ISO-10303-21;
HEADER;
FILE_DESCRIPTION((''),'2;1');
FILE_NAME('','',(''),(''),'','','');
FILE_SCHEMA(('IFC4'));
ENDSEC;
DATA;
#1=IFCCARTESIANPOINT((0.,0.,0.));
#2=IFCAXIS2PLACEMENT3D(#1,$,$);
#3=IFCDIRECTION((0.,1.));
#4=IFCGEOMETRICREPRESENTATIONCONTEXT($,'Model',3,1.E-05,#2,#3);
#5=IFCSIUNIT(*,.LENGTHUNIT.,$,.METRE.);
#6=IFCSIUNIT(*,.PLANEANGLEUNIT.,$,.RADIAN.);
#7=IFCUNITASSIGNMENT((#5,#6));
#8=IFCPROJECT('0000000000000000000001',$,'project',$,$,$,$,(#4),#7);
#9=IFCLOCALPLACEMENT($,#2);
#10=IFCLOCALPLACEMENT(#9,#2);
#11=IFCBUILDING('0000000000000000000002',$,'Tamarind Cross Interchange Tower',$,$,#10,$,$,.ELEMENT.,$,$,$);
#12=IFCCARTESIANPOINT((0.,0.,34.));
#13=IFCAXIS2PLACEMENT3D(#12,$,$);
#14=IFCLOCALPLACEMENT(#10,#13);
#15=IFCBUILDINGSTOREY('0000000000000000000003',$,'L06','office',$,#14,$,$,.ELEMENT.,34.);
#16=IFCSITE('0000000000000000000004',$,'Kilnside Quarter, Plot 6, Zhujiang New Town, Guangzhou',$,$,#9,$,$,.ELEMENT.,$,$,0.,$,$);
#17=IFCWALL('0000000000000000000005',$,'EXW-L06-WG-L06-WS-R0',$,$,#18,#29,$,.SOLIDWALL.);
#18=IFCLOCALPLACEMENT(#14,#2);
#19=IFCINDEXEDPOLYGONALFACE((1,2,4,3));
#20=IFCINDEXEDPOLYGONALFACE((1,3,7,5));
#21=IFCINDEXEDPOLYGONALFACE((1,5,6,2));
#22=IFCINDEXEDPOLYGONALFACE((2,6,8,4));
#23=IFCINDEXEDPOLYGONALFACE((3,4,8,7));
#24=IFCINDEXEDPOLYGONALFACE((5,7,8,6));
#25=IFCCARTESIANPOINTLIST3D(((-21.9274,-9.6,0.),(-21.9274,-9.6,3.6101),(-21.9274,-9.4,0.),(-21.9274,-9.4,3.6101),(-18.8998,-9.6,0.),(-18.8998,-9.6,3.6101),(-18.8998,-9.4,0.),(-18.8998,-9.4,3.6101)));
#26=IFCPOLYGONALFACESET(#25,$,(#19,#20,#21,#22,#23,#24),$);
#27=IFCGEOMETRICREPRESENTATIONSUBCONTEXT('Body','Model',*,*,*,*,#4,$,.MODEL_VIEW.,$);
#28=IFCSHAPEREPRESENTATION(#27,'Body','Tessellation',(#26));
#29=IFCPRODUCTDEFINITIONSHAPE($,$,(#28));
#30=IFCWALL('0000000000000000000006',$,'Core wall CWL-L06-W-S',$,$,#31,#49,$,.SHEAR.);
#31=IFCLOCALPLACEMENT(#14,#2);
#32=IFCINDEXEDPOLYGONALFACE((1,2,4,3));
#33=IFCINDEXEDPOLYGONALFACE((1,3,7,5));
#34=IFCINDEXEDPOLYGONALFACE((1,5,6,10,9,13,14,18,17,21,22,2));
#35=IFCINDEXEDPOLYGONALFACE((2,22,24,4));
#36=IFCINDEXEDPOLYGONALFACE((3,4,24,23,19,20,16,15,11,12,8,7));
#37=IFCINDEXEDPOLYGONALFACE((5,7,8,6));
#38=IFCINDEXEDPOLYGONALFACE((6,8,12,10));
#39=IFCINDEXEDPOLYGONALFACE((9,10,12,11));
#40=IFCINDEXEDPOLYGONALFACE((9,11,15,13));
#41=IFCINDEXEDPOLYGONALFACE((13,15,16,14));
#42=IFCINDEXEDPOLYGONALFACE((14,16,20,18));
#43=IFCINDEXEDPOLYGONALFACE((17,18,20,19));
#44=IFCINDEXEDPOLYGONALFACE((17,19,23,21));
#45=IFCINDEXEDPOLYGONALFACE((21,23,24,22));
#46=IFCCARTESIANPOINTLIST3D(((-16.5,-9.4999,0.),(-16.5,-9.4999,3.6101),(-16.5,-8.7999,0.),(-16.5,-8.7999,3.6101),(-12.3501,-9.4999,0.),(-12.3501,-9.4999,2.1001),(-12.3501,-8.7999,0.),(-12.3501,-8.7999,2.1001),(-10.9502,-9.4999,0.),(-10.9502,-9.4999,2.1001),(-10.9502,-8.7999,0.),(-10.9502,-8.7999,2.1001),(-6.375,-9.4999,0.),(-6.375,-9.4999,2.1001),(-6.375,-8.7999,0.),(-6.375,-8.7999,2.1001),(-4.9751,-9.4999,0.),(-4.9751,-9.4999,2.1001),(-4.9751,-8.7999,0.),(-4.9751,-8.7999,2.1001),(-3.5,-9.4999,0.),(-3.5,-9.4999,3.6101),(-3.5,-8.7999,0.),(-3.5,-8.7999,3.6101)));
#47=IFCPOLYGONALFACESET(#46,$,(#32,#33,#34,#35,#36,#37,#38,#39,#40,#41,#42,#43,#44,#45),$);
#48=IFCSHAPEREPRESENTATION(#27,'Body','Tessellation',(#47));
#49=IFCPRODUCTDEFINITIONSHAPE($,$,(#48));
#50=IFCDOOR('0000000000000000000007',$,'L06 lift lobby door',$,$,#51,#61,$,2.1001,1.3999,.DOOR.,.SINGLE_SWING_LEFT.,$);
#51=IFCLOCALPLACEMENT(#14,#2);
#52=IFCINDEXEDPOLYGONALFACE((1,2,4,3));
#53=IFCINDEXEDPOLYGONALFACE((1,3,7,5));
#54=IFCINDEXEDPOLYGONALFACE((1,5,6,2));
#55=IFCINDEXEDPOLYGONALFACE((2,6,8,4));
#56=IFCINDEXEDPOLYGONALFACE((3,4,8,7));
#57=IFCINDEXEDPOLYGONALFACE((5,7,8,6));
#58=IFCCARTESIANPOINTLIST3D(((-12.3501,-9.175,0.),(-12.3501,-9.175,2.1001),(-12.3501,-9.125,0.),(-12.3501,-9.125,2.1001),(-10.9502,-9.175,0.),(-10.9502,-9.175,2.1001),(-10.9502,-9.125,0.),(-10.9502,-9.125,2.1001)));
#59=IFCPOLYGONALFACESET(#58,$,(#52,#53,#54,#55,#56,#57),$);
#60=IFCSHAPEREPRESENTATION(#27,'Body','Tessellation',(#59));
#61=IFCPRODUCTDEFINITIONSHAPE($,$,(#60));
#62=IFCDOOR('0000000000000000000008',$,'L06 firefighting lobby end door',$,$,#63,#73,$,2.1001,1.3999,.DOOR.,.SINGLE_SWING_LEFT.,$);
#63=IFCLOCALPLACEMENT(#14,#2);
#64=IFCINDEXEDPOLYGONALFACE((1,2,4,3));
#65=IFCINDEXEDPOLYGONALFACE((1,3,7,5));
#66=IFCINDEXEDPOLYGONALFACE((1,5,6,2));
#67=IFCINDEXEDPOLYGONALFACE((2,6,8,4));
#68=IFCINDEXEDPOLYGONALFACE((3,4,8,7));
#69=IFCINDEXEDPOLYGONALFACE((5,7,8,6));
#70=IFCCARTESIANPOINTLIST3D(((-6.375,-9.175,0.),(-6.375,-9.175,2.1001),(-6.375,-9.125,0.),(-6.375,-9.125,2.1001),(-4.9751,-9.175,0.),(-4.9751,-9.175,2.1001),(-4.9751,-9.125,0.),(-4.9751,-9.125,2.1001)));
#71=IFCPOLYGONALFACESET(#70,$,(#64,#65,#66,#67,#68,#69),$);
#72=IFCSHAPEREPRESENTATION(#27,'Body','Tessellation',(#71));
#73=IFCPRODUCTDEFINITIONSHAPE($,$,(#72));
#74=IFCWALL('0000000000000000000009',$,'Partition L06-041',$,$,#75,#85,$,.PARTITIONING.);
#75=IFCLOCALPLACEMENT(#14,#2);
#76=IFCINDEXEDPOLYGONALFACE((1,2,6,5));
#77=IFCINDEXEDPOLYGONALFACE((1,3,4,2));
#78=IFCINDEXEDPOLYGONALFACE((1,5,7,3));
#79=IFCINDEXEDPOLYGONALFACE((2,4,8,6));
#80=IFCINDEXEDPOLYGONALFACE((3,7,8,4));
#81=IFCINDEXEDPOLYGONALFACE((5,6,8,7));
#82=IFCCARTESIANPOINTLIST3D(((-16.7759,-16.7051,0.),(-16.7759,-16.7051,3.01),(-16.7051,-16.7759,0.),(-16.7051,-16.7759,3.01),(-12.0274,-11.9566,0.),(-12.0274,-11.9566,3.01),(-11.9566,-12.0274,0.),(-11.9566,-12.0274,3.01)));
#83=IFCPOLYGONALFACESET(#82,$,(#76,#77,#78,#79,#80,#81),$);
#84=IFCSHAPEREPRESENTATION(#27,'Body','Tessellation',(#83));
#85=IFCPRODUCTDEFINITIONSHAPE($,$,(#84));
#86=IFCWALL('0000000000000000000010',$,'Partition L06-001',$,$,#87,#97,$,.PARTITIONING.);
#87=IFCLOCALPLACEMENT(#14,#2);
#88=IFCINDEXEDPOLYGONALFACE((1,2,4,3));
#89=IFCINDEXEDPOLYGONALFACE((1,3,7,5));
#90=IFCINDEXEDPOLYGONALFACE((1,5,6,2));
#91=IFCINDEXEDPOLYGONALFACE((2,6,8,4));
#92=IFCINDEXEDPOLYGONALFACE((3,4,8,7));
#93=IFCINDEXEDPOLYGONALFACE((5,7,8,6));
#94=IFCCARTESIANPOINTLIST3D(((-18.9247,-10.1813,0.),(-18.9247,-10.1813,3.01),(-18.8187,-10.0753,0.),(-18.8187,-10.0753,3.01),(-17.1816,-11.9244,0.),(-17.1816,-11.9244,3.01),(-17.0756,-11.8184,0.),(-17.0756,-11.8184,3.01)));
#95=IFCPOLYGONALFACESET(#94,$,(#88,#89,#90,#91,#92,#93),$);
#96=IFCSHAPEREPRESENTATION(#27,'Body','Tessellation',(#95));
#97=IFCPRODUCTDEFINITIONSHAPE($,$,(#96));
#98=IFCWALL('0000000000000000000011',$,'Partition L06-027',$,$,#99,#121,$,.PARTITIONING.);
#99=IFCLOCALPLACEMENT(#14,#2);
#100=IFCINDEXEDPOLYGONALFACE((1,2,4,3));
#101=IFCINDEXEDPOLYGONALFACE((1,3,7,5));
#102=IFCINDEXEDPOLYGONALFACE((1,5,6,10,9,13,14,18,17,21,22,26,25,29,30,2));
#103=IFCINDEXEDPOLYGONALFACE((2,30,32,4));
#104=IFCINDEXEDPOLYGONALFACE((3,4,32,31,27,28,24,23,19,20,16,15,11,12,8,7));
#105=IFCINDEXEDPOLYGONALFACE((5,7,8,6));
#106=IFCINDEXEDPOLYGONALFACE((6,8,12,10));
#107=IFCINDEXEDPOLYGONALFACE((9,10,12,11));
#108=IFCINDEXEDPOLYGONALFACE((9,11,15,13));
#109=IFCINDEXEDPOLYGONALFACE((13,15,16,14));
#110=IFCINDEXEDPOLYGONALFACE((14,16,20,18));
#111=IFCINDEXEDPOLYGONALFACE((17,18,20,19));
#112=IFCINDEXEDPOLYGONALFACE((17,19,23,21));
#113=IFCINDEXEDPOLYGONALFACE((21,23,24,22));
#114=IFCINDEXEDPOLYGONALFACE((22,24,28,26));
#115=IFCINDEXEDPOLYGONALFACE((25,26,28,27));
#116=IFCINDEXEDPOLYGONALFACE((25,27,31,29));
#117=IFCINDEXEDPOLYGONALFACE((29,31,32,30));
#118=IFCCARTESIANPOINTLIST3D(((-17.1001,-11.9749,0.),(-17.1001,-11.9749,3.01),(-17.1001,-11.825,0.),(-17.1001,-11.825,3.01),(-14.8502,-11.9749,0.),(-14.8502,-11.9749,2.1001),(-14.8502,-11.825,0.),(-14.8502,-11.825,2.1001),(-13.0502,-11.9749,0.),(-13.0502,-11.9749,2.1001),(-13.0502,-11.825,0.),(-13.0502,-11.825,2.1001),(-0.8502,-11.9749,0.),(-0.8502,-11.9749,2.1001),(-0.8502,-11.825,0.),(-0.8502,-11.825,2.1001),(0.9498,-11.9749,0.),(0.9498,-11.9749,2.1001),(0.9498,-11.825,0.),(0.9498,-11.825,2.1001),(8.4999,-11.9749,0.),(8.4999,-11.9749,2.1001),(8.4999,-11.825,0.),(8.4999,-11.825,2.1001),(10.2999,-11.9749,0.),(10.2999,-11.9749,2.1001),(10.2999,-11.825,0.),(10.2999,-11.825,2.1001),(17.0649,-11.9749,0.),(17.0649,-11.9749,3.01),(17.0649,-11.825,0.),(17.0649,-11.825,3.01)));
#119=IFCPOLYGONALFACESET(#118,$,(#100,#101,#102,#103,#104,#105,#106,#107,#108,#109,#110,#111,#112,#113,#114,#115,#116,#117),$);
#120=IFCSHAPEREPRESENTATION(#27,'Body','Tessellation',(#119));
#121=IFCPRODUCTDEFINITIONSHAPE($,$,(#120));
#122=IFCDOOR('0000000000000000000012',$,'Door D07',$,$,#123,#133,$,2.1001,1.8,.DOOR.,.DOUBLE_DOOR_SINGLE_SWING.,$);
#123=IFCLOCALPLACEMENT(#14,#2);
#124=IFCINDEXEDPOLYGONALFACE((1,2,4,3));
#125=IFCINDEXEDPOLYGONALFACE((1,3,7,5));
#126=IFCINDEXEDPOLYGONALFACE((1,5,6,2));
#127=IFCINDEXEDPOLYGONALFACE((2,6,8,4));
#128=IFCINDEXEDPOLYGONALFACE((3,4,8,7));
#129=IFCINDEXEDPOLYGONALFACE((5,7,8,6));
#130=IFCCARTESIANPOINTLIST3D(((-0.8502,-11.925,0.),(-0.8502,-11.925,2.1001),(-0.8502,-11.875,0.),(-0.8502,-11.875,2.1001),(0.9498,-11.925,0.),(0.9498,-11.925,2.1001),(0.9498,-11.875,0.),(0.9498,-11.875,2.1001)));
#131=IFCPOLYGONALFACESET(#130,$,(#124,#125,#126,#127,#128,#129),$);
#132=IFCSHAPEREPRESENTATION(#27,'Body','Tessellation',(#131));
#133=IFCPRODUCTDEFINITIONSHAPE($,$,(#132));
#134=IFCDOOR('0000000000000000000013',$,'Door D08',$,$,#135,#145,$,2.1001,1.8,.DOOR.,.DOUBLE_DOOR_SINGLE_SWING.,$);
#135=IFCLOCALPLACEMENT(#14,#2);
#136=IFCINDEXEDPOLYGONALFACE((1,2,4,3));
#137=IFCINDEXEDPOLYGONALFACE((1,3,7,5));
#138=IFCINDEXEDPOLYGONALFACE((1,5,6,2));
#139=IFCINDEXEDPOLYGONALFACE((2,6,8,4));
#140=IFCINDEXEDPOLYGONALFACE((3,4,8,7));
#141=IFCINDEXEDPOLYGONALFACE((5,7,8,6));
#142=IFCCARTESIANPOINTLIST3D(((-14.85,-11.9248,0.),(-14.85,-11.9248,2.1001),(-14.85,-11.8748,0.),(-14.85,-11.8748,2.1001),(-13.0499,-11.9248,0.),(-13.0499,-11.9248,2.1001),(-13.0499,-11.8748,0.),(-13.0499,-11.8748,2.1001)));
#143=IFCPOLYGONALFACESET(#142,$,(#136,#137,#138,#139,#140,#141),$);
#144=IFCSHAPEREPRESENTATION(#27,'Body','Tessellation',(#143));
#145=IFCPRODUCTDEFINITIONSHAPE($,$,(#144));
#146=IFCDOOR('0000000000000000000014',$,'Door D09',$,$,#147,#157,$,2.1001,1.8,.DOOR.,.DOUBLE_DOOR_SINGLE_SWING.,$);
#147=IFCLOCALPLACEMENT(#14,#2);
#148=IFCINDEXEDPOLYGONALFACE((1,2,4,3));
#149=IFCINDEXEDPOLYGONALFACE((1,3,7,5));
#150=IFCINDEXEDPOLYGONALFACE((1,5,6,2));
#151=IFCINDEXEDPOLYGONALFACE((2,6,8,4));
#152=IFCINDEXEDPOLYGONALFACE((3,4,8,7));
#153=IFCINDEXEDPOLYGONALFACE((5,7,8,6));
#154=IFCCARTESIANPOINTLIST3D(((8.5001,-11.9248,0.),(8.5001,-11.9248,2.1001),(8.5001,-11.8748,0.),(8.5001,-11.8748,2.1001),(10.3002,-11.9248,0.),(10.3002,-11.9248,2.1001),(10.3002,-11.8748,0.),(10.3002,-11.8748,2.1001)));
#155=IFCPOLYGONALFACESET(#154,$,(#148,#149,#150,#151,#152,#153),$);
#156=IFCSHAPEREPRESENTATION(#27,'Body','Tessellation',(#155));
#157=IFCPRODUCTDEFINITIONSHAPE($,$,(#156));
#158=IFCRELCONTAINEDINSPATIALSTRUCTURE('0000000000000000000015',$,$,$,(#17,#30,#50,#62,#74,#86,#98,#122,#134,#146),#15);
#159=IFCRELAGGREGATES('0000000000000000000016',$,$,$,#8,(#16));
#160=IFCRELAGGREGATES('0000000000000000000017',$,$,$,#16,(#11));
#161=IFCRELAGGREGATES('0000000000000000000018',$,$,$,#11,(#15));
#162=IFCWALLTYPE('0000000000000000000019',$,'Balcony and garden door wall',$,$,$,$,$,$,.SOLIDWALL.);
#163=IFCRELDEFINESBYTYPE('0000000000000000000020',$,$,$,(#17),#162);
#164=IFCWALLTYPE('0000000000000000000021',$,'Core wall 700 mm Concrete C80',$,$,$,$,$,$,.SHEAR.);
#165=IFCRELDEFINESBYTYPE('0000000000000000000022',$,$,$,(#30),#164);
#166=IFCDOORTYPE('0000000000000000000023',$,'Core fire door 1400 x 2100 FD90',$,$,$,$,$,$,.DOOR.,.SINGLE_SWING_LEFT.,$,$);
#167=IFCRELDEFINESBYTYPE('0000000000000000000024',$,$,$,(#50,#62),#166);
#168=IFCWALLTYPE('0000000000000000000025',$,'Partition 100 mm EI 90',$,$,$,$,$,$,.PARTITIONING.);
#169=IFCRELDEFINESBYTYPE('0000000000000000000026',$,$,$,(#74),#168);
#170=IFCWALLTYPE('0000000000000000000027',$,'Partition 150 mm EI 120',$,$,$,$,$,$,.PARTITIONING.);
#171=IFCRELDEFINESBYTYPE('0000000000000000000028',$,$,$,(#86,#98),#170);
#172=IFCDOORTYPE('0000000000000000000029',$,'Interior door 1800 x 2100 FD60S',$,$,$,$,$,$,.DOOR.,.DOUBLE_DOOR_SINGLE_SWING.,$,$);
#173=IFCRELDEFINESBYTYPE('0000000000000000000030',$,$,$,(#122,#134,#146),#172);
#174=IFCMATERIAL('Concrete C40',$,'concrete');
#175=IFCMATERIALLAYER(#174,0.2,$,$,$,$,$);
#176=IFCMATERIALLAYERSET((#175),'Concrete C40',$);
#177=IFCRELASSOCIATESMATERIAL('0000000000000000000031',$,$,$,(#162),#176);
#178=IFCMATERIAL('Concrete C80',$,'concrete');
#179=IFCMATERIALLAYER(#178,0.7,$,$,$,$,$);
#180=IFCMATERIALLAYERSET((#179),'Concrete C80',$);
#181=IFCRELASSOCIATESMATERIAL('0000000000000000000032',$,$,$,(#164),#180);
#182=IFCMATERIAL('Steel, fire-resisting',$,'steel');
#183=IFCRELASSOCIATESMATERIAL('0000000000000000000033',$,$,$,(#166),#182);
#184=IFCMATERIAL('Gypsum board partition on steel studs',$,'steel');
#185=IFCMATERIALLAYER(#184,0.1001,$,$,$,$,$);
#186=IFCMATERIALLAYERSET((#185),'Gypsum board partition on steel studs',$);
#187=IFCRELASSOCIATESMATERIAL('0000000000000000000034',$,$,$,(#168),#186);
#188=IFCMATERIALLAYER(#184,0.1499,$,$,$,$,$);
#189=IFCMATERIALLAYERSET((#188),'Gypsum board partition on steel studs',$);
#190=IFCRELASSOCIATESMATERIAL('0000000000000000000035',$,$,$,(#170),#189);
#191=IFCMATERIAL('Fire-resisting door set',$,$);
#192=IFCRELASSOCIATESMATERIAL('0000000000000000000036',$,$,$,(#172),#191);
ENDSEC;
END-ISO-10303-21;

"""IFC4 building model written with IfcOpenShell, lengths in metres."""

from ifc_helpers import new_model, si_unit, direction, frame, frame_2d, origin, place, context, subcontext, project, spatial, rectangle, extrude, material, layer, layer_set, type_object, element, fill, save


model = new_model("IFC4")

# Units and contexts
model_context = context("Model", 3, precision=1e-05, world=origin(), true_north=direction((0.0, 1.0)))
body_context = subcontext(model_context, "Body", "Model", "MODEL_VIEW")
ifc_project = project(units=[si_unit("LENGTHUNIT", "METRE"), si_unit("PLANEANGLEUNIT", "RADIAN")], contexts=[model_context])

# Site, building, storey
site_placement = place(None, origin())
site = spatial("IfcSite", under=ifc_project, at=site_placement, Name="Kilnside Quarter, Plot 6, Zhujiang New Town, Guangzhou", CompositionType="ELEMENT", RefElevation=0.0)
building_placement = place(site_placement, origin())
building = spatial("IfcBuilding", under=site, at=building_placement, Name="Tamarind Cross Interchange Tower", CompositionType="ELEMENT")
storey_placement = place(building_placement, frame((0.0, 0.0, 34.0)))
storey = spatial("IfcBuildingStorey", under=building, at=storey_placement, Name="L06", Description="office", CompositionType="ELEMENT", Elevation=34.0)

# Wall
ifc_material_1 = material(Name="Concrete C40", Category="concrete")
ifc_layer_1 = layer(ifc_material_1, 0.2)
ifc_layer_set_1 = layer_set([ifc_layer_1], Name="Concrete C40")
wall_type_1 = type_object("IfcWallType", Name="Balcony and garden door wall", PredefinedType="SOLIDWALL", material=ifc_layer_set_1)
wall_1_placement = place(storey_placement, frame((-18.8999, -9.5, 0.0), z_axis=(0.0, 0.0, 1.0), x_axis=(-1.0, 0.0, 0.0)))
element("IfcWall", 1, at=wall_1_placement, inside=storey, type_object=wall_type_1, Name="EXW-L06-WG-L06-WS-R0", PredefinedType="SOLIDWALL", context=body_context, shape_type="SweptSolid", body=[
    extrude(rectangle(XDim=3.0276, YDim=0.2, at=frame_2d((1.5137, 0.0))), origin(), (0.0, 0.0, 1.0), 3.6101),
])

# Wall, openings, doors
ifc_material_2 = material(Name="Concrete C80", Category="concrete")
ifc_layer_2 = layer(ifc_material_2, 0.7)
ifc_layer_set_2 = layer_set([ifc_layer_2], Name="Concrete C80")
wall_type_2 = type_object("IfcWallType", Name="Core wall 700 mm Concrete C80", PredefinedType="SHEAR", material=ifc_layer_set_2)
wall_2_placement = place(storey_placement, frame((-16.5, -9.1499, 0.0), z_axis=(0.0, 0.0, 1.0), x_axis=(1.0, 0.0, 0.0)))
wall_2 = element("IfcWall", 2, at=wall_2_placement, inside=storey, type_object=wall_type_2, Name="Core wall CWL-L06-W-S", PredefinedType="SHEAR", context=body_context, shape_type="SweptSolid", body=[
    extrude(rectangle(XDim=13.0, YDim=0.7, at=frame_2d((6.5, 0.0))), origin(), (0.0, 0.0, 1.0), 3.6101),
])
opening_1_placement = place(wall_2_placement, frame((4.1499, 0.0, 0.0)))
opening_1 = element("IfcOpeningElement", 3, at=opening_1_placement, cuts=wall_2, PredefinedType="OPENING", context=body_context, shape_type="SweptSolid", body=[
    extrude(rectangle(XDim=1.3999, YDim=2.1001, at=frame_2d((0.7, 1.05))), frame((0.0, 0.3599, 0.0), z_axis=(0.0, -1.0, 0.0), x_axis=(1.0, 0.0, 0.0)), (0.0, 0.0, 1.0), 0.72),
])
opening_2_placement = place(wall_2_placement, frame((10.125, 0.0, 0.0)))
opening_2 = element("IfcOpeningElement", 4, at=opening_2_placement, cuts=wall_2, PredefinedType="OPENING", context=body_context, shape_type="SweptSolid", body=[
    extrude(rectangle(XDim=1.3999, YDim=2.1001, at=frame_2d((0.7, 1.05))), frame((0.0, 0.3599, 0.0), z_axis=(0.0, -1.0, 0.0), x_axis=(1.0, 0.0, 0.0)), (0.0, 0.0, 1.0), 0.72),
])
ifc_material_3 = material(Name="Steel, fire-resisting", Category="steel")
door_type_1 = type_object("IfcDoorType", Name="Core fire door 1400 x 2100 FD90", OperationType="SINGLE_SWING_LEFT", PredefinedType="DOOR", material=ifc_material_3)
door_1_placement = place(opening_1_placement, origin())
door_1 = element("IfcDoor", 5, at=door_1_placement, inside=storey, type_object=door_type_1, Name="L06 lift lobby door", OperationType="SINGLE_SWING_LEFT", OverallHeight=2.1001, OverallWidth=1.3999, PredefinedType="DOOR", context=body_context, shape_type="SweptSolid", body=[
    extrude(rectangle(XDim=1.3999, YDim=2.1001, at=frame_2d((0.7, 1.05))), frame((0.0, 0.0249, 0.0), z_axis=(0.0, -1.0, 0.0), x_axis=(1.0, 0.0, 0.0)), (0.0, 0.0, 1.0), 0.05),
])
fill(opening_1, door_1)
door_2_placement = place(opening_2_placement, origin())
door_2 = element("IfcDoor", 6, at=door_2_placement, inside=storey, type_object=door_type_1, Name="L06 firefighting lobby end door", OperationType="SINGLE_SWING_LEFT", OverallHeight=2.1001, OverallWidth=1.3999, PredefinedType="DOOR", context=body_context, shape_type="SweptSolid", body=[
    extrude(rectangle(XDim=1.3999, YDim=2.1001, at=frame_2d((0.7, 1.05))), frame((0.0, 0.0249, 0.0), z_axis=(0.0, -1.0, 0.0), x_axis=(1.0, 0.0, 0.0)), (0.0, 0.0, 1.0), 0.05),
])
fill(opening_2, door_2)

# Walls
ifc_material_4 = material(Name="Gypsum board partition on steel studs", Category="steel")
ifc_layer_3 = layer(ifc_material_4, 0.1001)
ifc_layer_set_3 = layer_set([ifc_layer_3], Name="Gypsum board partition on steel studs")
wall_type_3 = type_object("IfcWallType", Name="Partition 100 mm EI 90", PredefinedType="PARTITIONING", material=ifc_layer_set_3)
wall_3_placement = place(storey_placement, frame((-16.7405, -16.7405, 0.0), z_axis=(0.0, 0.0, 1.0), x_axis=(0.707107, 0.707107, 0.0)))
element("IfcWall", 7, at=wall_3_placement, inside=storey, type_object=wall_type_3, Name="Partition L06-041", PredefinedType="PARTITIONING", context=body_context, shape_type="SweptSolid", body=[
    extrude(rectangle(XDim=6.7153, YDim=0.1001, at=frame_2d((3.3577, 0.0))), origin(), (0.0, 0.0, 1.0), 3.01),
])
ifc_layer_4 = layer(ifc_material_4, 0.1499)
ifc_layer_set_4 = layer_set([ifc_layer_4], Name="Gypsum board partition on steel studs")
wall_type_4 = type_object("IfcWallType", Name="Partition 150 mm EI 120", PredefinedType="PARTITIONING", material=ifc_layer_set_4)
wall_4_placement = place(storey_placement, frame((-18.8716, -10.1284, 0.0), z_axis=(0.0, 0.0, 1.0), x_axis=(0.707107, -0.707107, 0.0)))
element("IfcWall", 8, at=wall_4_placement, inside=storey, type_object=wall_type_4, Name="Partition L06-001", PredefinedType="PARTITIONING", context=body_context, shape_type="SweptSolid", body=[
    extrude(rectangle(XDim=2.4651, YDim=0.1499, at=frame_2d((1.2324, 0.0))), origin(), (0.0, 0.0, 1.0), 3.01),
])

# Wall, openings, doors
wall_5_placement = place(storey_placement, frame((-17.1001, -11.8999, 0.0), z_axis=(0.0, 0.0, 1.0), x_axis=(1.0, 0.0, 0.0)))
wall_5 = element("IfcWall", 9, at=wall_5_placement, inside=storey, type_object=wall_type_4, Name="Partition L06-027", PredefinedType="PARTITIONING", context=body_context, shape_type="SweptSolid", body=[
    extrude(rectangle(XDim=34.165, YDim=0.1499, at=frame_2d((17.0825, 0.0))), origin(), (0.0, 0.0, 1.0), 3.01),
])
opening_3_placement = place(wall_5_placement, frame((16.25, 0.0, 0.0)))
opening_3 = element("IfcOpeningElement", 10, at=opening_3_placement, cuts=wall_5, PredefinedType="OPENING", context=body_context, shape_type="SweptSolid", body=[
    extrude(rectangle(XDim=1.8, YDim=2.1001, at=frame_2d((0.8999, 1.05))), frame((0.0, 0.085, 0.0), z_axis=(0.0, -1.0, 0.0), x_axis=(1.0, 0.0, 0.0)), (0.0, 0.0, 1.0), 0.1699),
])
opening_4_placement = place(wall_5_placement, frame((2.25, 0.0, 0.0)))
opening_4 = element("IfcOpeningElement", 11, at=opening_4_placement, cuts=wall_5, PredefinedType="OPENING", context=body_context, shape_type="SweptSolid", body=[
    extrude(rectangle(XDim=1.8, YDim=2.1001, at=frame_2d((0.8999, 1.05))), frame((0.0, 0.085, 0.0), z_axis=(0.0, -1.0, 0.0), x_axis=(1.0, 0.0, 0.0)), (0.0, 0.0, 1.0), 0.1699),
])
opening_5_placement = place(wall_5_placement, frame((25.6001, 0.0, 0.0)))
opening_5 = element("IfcOpeningElement", 12, at=opening_5_placement, cuts=wall_5, PredefinedType="OPENING", context=body_context, shape_type="SweptSolid", body=[
    extrude(rectangle(XDim=1.8, YDim=2.1001, at=frame_2d((0.8999, 1.05))), frame((0.0, 0.085, 0.0), z_axis=(0.0, -1.0, 0.0), x_axis=(1.0, 0.0, 0.0)), (0.0, 0.0, 1.0), 0.1699),
])
ifc_material_5 = material(Name="Fire-resisting door set")
door_type_2 = type_object("IfcDoorType", Name="Interior door 1800 x 2100 FD60S", OperationType="DOUBLE_DOOR_SINGLE_SWING", PredefinedType="DOOR", material=ifc_material_5)
door_3_placement = place(opening_3_placement, origin())
door_3 = element("IfcDoor", 13, at=door_3_placement, inside=storey, type_object=door_type_2, Name="Door D07", OperationType="DOUBLE_DOOR_SINGLE_SWING", OverallHeight=2.1001, OverallWidth=1.8, PredefinedType="DOOR", context=body_context, shape_type="SweptSolid", body=[
    extrude(rectangle(XDim=1.8, YDim=2.1001, at=frame_2d((0.8999, 1.05))), frame((0.0, 0.0249, 0.0), z_axis=(0.0, -1.0, 0.0), x_axis=(1.0, 0.0, 0.0)), (0.0, 0.0, 1.0), 0.05),
])
fill(opening_3, door_3)
door_4_placement = place(opening_4_placement, frame((1.8, 0.0, 0.0), z_axis=(0.0, 0.0, 1.0), x_axis=(-1.0, 0.0, 0.0)))
door_4 = element("IfcDoor", 14, at=door_4_placement, inside=storey, type_object=door_type_2, Name="Door D08", OperationType="DOUBLE_DOOR_SINGLE_SWING", OverallHeight=2.1001, OverallWidth=1.8, PredefinedType="DOOR", context=body_context, shape_type="SweptSolid", body=[
    extrude(rectangle(XDim=1.8, YDim=2.1001, at=frame_2d((0.8999, 1.05))), frame((0.0, 0.0249, 0.0), z_axis=(0.0, -1.0, 0.0), x_axis=(1.0, 0.0, 0.0)), (0.0, 0.0, 1.0), 0.05),
])
fill(opening_4, door_4)
door_5_placement = place(opening_5_placement, frame((1.8, 0.0, 0.0), z_axis=(0.0, 0.0, 1.0), x_axis=(-1.0, 0.0, 0.0)))
door_5 = element("IfcDoor", 15, at=door_5_placement, inside=storey, type_object=door_type_2, Name="Door D09", OperationType="DOUBLE_DOOR_SINGLE_SWING", OverallHeight=2.1001, OverallWidth=1.8, PredefinedType="DOOR", context=body_context, shape_type="SweptSolid", body=[
    extrude(rectangle(XDim=1.8, YDim=2.1001, at=frame_2d((0.8999, 1.05))), frame((0.0, 0.0249, 0.0), z_axis=(0.0, -1.0, 0.0), x_axis=(1.0, 0.0, 0.0)), (0.0, 0.0, 1.0), 0.05),
])
fill(opening_5, door_5)

save(model, "model.ifc")
